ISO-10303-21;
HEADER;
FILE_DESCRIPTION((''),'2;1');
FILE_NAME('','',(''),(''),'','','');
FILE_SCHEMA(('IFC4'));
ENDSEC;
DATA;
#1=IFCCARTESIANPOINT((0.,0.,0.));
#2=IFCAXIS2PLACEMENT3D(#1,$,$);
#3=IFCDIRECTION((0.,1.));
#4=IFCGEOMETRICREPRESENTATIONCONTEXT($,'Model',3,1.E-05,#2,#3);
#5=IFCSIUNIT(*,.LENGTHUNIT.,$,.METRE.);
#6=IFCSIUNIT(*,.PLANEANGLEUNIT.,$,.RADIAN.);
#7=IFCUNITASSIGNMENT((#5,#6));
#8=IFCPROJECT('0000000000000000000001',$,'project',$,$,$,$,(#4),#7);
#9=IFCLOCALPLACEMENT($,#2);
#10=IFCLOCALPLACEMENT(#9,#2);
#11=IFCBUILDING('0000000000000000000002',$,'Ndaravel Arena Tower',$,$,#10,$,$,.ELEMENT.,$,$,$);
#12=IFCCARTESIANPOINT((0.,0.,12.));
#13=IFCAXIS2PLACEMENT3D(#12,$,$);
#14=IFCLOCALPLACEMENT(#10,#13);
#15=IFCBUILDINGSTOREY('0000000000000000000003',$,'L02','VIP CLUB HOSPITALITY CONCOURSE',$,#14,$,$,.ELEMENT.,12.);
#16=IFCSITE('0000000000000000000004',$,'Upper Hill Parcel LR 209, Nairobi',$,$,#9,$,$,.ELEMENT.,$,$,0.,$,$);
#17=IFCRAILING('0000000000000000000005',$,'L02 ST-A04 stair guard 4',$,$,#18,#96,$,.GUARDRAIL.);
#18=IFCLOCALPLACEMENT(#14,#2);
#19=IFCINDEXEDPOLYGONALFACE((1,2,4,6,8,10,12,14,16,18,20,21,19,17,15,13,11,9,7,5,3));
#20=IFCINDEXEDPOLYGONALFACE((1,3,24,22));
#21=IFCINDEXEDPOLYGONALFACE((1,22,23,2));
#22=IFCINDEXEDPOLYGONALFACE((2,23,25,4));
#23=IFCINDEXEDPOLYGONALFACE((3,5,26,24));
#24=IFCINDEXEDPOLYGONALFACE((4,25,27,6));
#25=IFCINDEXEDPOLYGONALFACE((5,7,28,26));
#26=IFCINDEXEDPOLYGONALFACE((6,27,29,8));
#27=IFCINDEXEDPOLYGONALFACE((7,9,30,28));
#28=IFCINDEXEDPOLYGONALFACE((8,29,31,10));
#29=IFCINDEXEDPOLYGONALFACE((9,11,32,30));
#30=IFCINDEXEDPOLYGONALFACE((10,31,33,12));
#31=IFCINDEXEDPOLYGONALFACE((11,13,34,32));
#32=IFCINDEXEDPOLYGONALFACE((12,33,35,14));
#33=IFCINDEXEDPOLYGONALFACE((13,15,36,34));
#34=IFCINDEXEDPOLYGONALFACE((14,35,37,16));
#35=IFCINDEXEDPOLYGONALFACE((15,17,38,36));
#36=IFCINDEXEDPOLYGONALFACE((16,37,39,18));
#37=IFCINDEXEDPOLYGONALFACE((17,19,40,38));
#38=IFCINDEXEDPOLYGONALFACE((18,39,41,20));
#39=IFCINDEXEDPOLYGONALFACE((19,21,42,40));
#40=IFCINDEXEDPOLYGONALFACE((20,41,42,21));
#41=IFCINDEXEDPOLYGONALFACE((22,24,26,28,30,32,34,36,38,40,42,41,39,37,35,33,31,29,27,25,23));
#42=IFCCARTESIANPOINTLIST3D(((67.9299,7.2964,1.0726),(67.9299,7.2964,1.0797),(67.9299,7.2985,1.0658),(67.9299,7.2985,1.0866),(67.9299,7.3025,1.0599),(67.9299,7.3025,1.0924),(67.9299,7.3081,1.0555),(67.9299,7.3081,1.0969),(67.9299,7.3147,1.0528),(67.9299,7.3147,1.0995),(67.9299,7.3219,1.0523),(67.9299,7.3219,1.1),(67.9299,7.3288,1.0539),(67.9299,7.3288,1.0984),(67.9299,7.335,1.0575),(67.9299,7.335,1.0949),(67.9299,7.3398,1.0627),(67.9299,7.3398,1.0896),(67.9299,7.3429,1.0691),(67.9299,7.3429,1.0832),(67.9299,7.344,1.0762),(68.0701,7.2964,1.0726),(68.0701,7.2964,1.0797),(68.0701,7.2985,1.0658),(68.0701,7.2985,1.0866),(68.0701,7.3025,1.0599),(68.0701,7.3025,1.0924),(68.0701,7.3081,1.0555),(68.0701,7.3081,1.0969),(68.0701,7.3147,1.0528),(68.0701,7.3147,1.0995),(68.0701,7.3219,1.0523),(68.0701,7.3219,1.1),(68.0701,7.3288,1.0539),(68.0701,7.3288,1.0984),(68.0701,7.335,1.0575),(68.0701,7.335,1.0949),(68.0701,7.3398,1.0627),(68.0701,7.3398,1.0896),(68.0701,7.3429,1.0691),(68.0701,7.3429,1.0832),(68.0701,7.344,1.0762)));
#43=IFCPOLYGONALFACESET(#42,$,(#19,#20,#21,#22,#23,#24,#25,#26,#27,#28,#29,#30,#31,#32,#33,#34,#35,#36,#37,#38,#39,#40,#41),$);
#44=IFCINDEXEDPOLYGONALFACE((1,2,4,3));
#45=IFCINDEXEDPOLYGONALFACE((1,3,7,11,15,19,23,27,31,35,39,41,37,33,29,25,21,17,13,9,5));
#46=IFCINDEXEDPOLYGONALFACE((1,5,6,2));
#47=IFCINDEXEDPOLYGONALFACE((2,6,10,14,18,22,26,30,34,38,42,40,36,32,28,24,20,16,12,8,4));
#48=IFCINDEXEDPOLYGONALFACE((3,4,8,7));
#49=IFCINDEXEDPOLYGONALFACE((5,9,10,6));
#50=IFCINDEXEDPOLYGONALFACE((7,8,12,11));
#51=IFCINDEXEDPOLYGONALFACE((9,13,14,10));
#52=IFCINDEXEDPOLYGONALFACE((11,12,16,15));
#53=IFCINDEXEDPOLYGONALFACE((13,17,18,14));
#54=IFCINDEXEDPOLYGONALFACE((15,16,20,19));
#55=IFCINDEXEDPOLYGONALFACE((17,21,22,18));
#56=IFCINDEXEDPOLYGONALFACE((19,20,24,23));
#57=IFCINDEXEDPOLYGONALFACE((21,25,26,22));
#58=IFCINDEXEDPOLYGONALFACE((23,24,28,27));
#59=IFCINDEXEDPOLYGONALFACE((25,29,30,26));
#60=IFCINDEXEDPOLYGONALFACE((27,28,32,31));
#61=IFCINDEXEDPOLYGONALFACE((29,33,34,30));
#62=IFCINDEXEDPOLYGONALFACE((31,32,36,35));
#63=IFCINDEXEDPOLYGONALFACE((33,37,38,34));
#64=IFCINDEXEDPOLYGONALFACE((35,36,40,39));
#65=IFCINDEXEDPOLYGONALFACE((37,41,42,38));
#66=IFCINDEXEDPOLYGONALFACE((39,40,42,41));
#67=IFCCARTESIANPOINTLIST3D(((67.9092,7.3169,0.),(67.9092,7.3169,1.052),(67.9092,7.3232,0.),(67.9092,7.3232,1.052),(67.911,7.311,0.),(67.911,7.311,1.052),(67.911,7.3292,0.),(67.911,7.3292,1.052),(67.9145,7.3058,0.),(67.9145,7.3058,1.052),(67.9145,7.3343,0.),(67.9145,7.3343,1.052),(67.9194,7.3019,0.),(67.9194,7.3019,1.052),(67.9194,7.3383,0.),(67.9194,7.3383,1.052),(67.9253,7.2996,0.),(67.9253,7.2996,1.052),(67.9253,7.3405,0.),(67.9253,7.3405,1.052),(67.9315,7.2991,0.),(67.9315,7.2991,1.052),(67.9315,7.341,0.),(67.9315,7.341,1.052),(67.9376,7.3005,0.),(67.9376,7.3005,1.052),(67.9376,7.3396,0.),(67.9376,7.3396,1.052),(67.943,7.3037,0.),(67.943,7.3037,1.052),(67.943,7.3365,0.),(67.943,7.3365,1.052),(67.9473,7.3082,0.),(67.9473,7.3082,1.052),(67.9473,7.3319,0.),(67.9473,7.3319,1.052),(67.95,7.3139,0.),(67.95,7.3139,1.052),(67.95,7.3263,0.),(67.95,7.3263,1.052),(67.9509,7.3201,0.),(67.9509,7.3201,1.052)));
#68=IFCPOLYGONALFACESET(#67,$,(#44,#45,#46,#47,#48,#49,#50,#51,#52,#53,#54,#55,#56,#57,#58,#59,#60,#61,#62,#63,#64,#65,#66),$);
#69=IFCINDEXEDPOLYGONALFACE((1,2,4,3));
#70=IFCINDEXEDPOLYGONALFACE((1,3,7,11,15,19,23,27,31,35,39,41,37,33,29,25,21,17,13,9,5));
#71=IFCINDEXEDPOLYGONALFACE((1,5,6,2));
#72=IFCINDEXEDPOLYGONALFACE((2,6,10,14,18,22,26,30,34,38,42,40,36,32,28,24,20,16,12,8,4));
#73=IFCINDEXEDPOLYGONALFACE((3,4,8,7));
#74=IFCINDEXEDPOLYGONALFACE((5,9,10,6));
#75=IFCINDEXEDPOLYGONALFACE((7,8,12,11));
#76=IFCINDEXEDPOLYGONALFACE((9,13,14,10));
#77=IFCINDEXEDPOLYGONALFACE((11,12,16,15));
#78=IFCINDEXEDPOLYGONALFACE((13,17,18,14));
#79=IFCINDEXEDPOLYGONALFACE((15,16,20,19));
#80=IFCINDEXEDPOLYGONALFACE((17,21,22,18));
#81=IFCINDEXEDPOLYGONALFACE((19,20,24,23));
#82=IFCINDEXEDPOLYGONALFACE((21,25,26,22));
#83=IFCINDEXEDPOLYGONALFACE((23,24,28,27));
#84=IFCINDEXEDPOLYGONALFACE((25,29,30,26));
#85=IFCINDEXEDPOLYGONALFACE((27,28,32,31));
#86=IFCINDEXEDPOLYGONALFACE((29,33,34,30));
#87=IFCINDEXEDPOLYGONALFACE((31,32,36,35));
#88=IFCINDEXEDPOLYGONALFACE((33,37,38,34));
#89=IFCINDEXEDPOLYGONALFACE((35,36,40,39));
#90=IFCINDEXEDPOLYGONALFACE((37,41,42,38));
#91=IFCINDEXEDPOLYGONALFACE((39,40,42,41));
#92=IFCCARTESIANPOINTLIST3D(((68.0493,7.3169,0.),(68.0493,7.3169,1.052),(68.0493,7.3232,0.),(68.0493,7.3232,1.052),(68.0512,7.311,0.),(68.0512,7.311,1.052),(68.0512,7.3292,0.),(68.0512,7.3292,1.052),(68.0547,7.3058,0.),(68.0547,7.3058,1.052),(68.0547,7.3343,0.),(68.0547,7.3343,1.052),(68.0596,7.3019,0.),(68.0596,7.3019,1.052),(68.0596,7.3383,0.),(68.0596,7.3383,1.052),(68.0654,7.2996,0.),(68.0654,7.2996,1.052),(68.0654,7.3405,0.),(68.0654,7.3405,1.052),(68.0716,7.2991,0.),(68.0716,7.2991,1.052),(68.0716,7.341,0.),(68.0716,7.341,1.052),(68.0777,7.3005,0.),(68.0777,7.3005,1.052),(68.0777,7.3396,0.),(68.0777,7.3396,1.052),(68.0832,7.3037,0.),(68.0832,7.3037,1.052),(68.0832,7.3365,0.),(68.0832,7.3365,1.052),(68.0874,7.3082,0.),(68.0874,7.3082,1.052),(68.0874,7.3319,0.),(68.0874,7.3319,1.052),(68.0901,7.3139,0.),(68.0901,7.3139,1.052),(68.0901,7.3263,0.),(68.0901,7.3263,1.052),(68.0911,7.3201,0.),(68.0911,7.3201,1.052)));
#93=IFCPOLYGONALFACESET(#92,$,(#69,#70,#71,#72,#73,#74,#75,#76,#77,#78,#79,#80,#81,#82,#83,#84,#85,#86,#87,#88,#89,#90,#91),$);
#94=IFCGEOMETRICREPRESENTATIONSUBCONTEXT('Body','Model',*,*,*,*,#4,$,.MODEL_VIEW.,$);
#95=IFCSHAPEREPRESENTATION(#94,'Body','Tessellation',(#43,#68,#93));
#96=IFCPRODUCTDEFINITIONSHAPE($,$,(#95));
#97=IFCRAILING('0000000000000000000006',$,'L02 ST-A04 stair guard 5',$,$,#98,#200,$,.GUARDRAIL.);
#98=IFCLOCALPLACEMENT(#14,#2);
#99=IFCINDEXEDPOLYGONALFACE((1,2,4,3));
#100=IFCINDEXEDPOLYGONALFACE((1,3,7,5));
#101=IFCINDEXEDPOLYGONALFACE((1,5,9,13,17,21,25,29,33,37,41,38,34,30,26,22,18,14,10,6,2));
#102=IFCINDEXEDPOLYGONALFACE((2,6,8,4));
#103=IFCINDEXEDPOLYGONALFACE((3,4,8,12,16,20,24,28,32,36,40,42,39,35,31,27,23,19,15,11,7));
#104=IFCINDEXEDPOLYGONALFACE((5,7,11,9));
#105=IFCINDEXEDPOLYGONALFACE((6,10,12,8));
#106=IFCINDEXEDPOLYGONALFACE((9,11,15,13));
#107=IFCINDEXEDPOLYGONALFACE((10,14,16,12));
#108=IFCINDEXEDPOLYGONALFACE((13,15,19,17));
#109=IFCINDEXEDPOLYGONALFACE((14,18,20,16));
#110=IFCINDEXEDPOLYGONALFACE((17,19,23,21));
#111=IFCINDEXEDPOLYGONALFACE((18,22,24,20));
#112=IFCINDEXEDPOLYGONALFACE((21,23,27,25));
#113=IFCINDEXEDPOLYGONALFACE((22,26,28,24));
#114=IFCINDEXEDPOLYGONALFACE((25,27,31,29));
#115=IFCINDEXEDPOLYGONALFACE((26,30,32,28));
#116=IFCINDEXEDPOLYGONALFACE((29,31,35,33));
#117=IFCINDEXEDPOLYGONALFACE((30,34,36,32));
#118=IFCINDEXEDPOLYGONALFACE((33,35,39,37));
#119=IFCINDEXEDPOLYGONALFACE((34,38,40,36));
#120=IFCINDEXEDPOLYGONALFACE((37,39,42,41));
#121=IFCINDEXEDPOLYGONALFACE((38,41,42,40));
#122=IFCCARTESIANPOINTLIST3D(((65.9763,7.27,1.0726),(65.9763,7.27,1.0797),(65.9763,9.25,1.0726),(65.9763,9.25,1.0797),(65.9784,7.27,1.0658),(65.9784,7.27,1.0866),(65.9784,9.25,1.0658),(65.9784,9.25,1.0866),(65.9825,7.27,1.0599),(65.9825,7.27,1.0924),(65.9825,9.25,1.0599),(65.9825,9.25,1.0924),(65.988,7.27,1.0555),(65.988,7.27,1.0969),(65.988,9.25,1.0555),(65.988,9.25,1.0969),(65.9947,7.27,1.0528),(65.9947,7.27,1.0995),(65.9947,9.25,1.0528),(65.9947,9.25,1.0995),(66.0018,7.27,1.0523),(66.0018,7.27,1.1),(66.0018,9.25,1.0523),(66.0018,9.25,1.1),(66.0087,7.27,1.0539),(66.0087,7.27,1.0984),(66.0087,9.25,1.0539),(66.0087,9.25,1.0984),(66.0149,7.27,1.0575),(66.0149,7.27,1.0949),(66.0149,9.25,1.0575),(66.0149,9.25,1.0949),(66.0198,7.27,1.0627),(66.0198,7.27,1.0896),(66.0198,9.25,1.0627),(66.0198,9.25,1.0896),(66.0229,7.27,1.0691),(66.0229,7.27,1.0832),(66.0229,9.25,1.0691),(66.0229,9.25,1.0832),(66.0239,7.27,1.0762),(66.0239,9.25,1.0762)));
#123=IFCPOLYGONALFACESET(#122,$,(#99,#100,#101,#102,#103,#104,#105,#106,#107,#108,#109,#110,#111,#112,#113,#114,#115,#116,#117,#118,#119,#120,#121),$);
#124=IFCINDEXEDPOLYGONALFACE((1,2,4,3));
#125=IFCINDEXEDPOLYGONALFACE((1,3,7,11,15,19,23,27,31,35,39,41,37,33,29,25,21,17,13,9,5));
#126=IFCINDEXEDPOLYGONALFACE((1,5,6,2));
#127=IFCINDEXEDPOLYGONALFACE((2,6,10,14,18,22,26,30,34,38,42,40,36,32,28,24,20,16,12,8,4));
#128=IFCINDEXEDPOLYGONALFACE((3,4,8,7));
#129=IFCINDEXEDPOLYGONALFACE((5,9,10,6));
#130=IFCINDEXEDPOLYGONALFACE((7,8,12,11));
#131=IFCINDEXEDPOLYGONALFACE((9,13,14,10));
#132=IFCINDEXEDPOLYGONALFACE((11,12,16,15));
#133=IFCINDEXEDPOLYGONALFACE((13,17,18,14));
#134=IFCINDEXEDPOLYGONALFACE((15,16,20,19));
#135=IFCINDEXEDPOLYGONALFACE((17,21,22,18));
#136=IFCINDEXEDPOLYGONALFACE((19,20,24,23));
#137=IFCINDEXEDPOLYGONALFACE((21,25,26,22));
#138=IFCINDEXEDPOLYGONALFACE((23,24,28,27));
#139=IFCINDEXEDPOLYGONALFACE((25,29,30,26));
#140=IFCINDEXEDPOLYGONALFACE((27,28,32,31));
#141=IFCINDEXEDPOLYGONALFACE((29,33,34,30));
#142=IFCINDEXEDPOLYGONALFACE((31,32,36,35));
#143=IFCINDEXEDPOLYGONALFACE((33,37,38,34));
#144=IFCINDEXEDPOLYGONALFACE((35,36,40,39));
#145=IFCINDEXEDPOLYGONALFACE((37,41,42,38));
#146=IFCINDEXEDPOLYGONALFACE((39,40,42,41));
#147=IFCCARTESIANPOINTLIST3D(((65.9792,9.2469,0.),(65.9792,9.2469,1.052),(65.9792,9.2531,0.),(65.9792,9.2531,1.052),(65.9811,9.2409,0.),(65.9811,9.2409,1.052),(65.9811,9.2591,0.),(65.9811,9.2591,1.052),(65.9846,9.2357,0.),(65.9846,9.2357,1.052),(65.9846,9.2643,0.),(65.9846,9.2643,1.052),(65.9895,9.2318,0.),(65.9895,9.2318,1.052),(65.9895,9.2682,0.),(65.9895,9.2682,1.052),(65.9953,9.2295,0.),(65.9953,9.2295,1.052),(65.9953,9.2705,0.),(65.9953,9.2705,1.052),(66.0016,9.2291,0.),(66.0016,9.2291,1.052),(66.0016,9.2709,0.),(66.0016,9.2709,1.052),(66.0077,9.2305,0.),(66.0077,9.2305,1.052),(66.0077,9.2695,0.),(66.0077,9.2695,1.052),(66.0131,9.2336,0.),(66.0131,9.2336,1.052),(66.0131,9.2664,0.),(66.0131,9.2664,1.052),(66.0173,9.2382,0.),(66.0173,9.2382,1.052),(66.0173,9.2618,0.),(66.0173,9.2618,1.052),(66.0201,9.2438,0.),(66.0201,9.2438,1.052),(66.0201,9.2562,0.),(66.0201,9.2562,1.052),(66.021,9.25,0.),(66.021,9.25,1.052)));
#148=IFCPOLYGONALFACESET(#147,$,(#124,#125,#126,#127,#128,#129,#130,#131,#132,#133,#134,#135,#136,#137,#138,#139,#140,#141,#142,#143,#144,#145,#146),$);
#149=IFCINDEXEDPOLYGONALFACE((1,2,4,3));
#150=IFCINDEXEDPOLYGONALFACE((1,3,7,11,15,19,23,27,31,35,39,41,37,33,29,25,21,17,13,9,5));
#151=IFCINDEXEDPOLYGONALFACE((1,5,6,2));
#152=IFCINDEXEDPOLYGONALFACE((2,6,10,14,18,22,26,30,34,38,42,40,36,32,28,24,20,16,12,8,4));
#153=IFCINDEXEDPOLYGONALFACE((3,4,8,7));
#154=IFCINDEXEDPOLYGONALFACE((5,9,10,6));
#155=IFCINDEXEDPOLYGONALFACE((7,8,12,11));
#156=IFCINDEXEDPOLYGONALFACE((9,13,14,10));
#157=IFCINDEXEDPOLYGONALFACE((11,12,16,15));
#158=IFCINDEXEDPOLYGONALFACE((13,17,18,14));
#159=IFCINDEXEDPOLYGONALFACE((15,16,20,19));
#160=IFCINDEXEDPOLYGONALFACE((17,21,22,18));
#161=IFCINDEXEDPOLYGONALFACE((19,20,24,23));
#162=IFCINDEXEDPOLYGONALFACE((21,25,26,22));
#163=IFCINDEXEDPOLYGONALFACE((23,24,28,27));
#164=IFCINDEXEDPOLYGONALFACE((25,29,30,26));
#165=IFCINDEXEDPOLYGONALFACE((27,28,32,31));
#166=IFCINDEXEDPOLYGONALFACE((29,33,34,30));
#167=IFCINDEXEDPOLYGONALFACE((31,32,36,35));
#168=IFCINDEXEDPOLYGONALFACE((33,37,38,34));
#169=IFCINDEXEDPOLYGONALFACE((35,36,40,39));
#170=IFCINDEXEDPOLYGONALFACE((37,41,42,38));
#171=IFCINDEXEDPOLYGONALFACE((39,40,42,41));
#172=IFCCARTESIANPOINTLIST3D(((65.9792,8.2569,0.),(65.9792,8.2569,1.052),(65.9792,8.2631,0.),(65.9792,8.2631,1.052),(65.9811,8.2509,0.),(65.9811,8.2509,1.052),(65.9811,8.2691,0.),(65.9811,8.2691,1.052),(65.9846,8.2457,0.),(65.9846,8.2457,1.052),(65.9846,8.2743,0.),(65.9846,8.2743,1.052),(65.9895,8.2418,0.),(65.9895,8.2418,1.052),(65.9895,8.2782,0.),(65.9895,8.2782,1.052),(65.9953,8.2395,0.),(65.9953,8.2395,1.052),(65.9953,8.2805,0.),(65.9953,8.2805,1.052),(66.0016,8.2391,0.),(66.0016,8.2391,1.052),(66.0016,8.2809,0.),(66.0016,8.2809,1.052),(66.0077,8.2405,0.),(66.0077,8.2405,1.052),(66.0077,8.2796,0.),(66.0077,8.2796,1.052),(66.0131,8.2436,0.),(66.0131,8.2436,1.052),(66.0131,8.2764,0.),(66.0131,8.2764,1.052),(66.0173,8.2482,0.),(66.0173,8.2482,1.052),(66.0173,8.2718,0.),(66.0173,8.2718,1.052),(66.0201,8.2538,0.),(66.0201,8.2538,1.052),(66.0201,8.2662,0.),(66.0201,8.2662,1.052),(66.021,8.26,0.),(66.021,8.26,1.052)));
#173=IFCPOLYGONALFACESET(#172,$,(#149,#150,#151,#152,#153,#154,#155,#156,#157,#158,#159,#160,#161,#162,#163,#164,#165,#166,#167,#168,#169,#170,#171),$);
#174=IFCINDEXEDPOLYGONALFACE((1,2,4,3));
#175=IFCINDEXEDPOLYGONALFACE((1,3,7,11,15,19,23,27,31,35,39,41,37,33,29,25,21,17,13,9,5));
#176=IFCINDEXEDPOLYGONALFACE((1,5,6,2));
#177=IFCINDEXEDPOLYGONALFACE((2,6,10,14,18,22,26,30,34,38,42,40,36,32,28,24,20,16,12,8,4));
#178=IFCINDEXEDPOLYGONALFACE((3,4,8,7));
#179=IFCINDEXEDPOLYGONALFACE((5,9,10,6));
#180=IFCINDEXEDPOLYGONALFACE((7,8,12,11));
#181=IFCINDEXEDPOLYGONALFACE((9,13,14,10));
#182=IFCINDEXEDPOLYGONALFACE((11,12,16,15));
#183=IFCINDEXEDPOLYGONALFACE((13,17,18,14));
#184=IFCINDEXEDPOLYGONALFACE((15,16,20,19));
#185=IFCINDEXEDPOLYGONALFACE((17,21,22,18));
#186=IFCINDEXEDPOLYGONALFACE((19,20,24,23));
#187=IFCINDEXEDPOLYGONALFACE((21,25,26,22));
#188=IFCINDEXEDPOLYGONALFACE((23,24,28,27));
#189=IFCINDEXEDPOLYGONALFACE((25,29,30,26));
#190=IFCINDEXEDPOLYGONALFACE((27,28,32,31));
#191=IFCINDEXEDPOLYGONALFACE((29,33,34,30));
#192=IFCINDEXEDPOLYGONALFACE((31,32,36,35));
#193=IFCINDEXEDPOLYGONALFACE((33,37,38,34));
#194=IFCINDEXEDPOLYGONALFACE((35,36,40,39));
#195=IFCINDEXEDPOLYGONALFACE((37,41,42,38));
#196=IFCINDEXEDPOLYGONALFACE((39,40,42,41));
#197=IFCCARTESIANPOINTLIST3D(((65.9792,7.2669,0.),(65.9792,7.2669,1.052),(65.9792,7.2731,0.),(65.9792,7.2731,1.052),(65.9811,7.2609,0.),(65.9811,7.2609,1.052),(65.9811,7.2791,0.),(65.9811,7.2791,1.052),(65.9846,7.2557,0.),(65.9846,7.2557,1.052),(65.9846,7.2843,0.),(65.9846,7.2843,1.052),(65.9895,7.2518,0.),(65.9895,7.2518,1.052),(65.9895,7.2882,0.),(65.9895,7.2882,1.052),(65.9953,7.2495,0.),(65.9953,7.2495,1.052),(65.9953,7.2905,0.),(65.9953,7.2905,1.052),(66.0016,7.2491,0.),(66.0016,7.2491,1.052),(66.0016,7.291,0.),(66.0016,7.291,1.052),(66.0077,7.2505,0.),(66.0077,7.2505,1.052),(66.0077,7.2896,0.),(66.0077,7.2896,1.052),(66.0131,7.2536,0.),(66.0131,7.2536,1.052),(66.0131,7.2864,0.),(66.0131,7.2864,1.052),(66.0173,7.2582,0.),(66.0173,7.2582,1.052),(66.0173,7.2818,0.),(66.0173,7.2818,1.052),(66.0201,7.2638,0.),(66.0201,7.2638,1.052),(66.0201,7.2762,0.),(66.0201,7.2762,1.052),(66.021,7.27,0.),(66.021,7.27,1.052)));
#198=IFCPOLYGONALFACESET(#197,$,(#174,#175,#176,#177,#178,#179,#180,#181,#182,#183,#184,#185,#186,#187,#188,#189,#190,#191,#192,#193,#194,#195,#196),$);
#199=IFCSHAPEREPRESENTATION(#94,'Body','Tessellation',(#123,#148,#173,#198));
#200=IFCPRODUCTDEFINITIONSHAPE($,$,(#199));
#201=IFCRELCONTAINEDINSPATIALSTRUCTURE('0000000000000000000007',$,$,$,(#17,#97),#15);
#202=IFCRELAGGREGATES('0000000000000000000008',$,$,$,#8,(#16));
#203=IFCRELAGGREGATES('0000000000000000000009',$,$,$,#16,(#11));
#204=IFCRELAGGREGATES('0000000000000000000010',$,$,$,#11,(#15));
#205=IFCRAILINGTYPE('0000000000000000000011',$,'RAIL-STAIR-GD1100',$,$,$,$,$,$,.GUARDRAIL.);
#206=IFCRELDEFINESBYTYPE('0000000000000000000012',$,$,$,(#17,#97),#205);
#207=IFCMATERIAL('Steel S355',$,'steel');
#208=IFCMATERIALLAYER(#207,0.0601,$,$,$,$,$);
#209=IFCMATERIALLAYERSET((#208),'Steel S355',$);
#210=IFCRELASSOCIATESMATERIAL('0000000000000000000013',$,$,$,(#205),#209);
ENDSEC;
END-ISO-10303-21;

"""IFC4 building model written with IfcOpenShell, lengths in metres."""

from ifc_helpers import new_model, si_unit, direction, frame, origin, origin_2d, place, context, subcontext, project, spatial, circle, extrude, material, layer, layer_set, type_object, element, save


model = new_model("IFC4")

# Units and contexts
model_context = context("Model", 3, precision=1e-05, world=origin(), true_north=direction((0.0, 1.0)))
body_context = subcontext(model_context, "Body", "Model", "MODEL_VIEW")
ifc_project = project(units=[si_unit("LENGTHUNIT", "METRE"), si_unit("PLANEANGLEUNIT", "RADIAN")], contexts=[model_context])

# Site, building, storey
site_placement = place(None, origin())
site = spatial("IfcSite", under=ifc_project, at=site_placement, Name="Upper Hill Parcel LR 209, Nairobi", CompositionType="ELEMENT", RefElevation=0.0)
building_placement = place(site_placement, origin())
building = spatial("IfcBuilding", under=site, at=building_placement, Name="Ndaravel Arena Tower", CompositionType="ELEMENT")
storey_placement = place(building_placement, frame((0.0, 0.0, 12.0)))
storey = spatial("IfcBuildingStorey", under=building, at=storey_placement, Name="L02", Description="VIP CLUB HOSPITALITY CONCOURSE", CompositionType="ELEMENT", Elevation=12.0)

# Railings
ifc_material_1 = material(Name="Steel S355", Category="steel")
ifc_layer_1 = layer(ifc_material_1, 0.0601)
ifc_layer_set_1 = layer_set([ifc_layer_1], Name="Steel S355")
railing_type_1 = type_object("IfcRailingType", Name="RAIL-STAIR-GD1100", PredefinedType="GUARDRAIL", material=ifc_layer_set_1)
railing_1_placement = place(storey_placement, frame((67.9299, 7.3201, 0.0)))
element("IfcRailing", 1, at=railing_1_placement, inside=storey, type_object=railing_type_1, Name="L02 ST-A04 stair guard 4", PredefinedType="GUARDRAIL", context=body_context, shape_type="SweptSolid", body=[
    extrude(circle(Radius=0.0239, at=origin_2d()), frame((0.0, 0.0, 1.0762), z_axis=(1.0, 0.0, 0.0), x_axis=(0.0, 1.0, 0.0)), (0.0, 0.0, 1.0), 0.1401),
    extrude(circle(Radius=0.021, at=origin_2d()), origin(), (0.0, 0.0, 1.0), 1.052),
    extrude(circle(Radius=0.021, at=origin_2d()), frame((0.1401, 0.0, 0.0)), (0.0, 0.0, 1.0), 1.052),
])
for number, where, name in (
    (2, (66.0, 9.25, 0.0), "L02 ST-A04 stair guard 5"),
):
    element("IfcRailing", number, at=place(storey_placement, frame(where)), inside=storey, type_object=railing_type_1, Name=name, PredefinedType="GUARDRAIL", context=body_context, shape_type="SweptSolid", body=[
        extrude(circle(Radius=0.0239, at=origin_2d()), frame((0.0, 0.0, 1.0762), z_axis=(0.0, -1.0, 0.0), x_axis=(1.0, 0.0, 0.0)), (0.0, 0.0, 1.0), 1.98),
        extrude(circle(Radius=0.021, at=origin_2d()), origin(), (0.0, 0.0, 1.0), 1.052),
        extrude(circle(Radius=0.021, at=origin_2d()), frame((0.0, -0.99, 0.0)), (0.0, 0.0, 1.0), 1.052),
        extrude(circle(Radius=0.021, at=origin_2d()), frame((0.0, -1.98, 0.0)), (0.0, 0.0, 1.0), 1.052),
    ])

save(model, "model.ifc")
